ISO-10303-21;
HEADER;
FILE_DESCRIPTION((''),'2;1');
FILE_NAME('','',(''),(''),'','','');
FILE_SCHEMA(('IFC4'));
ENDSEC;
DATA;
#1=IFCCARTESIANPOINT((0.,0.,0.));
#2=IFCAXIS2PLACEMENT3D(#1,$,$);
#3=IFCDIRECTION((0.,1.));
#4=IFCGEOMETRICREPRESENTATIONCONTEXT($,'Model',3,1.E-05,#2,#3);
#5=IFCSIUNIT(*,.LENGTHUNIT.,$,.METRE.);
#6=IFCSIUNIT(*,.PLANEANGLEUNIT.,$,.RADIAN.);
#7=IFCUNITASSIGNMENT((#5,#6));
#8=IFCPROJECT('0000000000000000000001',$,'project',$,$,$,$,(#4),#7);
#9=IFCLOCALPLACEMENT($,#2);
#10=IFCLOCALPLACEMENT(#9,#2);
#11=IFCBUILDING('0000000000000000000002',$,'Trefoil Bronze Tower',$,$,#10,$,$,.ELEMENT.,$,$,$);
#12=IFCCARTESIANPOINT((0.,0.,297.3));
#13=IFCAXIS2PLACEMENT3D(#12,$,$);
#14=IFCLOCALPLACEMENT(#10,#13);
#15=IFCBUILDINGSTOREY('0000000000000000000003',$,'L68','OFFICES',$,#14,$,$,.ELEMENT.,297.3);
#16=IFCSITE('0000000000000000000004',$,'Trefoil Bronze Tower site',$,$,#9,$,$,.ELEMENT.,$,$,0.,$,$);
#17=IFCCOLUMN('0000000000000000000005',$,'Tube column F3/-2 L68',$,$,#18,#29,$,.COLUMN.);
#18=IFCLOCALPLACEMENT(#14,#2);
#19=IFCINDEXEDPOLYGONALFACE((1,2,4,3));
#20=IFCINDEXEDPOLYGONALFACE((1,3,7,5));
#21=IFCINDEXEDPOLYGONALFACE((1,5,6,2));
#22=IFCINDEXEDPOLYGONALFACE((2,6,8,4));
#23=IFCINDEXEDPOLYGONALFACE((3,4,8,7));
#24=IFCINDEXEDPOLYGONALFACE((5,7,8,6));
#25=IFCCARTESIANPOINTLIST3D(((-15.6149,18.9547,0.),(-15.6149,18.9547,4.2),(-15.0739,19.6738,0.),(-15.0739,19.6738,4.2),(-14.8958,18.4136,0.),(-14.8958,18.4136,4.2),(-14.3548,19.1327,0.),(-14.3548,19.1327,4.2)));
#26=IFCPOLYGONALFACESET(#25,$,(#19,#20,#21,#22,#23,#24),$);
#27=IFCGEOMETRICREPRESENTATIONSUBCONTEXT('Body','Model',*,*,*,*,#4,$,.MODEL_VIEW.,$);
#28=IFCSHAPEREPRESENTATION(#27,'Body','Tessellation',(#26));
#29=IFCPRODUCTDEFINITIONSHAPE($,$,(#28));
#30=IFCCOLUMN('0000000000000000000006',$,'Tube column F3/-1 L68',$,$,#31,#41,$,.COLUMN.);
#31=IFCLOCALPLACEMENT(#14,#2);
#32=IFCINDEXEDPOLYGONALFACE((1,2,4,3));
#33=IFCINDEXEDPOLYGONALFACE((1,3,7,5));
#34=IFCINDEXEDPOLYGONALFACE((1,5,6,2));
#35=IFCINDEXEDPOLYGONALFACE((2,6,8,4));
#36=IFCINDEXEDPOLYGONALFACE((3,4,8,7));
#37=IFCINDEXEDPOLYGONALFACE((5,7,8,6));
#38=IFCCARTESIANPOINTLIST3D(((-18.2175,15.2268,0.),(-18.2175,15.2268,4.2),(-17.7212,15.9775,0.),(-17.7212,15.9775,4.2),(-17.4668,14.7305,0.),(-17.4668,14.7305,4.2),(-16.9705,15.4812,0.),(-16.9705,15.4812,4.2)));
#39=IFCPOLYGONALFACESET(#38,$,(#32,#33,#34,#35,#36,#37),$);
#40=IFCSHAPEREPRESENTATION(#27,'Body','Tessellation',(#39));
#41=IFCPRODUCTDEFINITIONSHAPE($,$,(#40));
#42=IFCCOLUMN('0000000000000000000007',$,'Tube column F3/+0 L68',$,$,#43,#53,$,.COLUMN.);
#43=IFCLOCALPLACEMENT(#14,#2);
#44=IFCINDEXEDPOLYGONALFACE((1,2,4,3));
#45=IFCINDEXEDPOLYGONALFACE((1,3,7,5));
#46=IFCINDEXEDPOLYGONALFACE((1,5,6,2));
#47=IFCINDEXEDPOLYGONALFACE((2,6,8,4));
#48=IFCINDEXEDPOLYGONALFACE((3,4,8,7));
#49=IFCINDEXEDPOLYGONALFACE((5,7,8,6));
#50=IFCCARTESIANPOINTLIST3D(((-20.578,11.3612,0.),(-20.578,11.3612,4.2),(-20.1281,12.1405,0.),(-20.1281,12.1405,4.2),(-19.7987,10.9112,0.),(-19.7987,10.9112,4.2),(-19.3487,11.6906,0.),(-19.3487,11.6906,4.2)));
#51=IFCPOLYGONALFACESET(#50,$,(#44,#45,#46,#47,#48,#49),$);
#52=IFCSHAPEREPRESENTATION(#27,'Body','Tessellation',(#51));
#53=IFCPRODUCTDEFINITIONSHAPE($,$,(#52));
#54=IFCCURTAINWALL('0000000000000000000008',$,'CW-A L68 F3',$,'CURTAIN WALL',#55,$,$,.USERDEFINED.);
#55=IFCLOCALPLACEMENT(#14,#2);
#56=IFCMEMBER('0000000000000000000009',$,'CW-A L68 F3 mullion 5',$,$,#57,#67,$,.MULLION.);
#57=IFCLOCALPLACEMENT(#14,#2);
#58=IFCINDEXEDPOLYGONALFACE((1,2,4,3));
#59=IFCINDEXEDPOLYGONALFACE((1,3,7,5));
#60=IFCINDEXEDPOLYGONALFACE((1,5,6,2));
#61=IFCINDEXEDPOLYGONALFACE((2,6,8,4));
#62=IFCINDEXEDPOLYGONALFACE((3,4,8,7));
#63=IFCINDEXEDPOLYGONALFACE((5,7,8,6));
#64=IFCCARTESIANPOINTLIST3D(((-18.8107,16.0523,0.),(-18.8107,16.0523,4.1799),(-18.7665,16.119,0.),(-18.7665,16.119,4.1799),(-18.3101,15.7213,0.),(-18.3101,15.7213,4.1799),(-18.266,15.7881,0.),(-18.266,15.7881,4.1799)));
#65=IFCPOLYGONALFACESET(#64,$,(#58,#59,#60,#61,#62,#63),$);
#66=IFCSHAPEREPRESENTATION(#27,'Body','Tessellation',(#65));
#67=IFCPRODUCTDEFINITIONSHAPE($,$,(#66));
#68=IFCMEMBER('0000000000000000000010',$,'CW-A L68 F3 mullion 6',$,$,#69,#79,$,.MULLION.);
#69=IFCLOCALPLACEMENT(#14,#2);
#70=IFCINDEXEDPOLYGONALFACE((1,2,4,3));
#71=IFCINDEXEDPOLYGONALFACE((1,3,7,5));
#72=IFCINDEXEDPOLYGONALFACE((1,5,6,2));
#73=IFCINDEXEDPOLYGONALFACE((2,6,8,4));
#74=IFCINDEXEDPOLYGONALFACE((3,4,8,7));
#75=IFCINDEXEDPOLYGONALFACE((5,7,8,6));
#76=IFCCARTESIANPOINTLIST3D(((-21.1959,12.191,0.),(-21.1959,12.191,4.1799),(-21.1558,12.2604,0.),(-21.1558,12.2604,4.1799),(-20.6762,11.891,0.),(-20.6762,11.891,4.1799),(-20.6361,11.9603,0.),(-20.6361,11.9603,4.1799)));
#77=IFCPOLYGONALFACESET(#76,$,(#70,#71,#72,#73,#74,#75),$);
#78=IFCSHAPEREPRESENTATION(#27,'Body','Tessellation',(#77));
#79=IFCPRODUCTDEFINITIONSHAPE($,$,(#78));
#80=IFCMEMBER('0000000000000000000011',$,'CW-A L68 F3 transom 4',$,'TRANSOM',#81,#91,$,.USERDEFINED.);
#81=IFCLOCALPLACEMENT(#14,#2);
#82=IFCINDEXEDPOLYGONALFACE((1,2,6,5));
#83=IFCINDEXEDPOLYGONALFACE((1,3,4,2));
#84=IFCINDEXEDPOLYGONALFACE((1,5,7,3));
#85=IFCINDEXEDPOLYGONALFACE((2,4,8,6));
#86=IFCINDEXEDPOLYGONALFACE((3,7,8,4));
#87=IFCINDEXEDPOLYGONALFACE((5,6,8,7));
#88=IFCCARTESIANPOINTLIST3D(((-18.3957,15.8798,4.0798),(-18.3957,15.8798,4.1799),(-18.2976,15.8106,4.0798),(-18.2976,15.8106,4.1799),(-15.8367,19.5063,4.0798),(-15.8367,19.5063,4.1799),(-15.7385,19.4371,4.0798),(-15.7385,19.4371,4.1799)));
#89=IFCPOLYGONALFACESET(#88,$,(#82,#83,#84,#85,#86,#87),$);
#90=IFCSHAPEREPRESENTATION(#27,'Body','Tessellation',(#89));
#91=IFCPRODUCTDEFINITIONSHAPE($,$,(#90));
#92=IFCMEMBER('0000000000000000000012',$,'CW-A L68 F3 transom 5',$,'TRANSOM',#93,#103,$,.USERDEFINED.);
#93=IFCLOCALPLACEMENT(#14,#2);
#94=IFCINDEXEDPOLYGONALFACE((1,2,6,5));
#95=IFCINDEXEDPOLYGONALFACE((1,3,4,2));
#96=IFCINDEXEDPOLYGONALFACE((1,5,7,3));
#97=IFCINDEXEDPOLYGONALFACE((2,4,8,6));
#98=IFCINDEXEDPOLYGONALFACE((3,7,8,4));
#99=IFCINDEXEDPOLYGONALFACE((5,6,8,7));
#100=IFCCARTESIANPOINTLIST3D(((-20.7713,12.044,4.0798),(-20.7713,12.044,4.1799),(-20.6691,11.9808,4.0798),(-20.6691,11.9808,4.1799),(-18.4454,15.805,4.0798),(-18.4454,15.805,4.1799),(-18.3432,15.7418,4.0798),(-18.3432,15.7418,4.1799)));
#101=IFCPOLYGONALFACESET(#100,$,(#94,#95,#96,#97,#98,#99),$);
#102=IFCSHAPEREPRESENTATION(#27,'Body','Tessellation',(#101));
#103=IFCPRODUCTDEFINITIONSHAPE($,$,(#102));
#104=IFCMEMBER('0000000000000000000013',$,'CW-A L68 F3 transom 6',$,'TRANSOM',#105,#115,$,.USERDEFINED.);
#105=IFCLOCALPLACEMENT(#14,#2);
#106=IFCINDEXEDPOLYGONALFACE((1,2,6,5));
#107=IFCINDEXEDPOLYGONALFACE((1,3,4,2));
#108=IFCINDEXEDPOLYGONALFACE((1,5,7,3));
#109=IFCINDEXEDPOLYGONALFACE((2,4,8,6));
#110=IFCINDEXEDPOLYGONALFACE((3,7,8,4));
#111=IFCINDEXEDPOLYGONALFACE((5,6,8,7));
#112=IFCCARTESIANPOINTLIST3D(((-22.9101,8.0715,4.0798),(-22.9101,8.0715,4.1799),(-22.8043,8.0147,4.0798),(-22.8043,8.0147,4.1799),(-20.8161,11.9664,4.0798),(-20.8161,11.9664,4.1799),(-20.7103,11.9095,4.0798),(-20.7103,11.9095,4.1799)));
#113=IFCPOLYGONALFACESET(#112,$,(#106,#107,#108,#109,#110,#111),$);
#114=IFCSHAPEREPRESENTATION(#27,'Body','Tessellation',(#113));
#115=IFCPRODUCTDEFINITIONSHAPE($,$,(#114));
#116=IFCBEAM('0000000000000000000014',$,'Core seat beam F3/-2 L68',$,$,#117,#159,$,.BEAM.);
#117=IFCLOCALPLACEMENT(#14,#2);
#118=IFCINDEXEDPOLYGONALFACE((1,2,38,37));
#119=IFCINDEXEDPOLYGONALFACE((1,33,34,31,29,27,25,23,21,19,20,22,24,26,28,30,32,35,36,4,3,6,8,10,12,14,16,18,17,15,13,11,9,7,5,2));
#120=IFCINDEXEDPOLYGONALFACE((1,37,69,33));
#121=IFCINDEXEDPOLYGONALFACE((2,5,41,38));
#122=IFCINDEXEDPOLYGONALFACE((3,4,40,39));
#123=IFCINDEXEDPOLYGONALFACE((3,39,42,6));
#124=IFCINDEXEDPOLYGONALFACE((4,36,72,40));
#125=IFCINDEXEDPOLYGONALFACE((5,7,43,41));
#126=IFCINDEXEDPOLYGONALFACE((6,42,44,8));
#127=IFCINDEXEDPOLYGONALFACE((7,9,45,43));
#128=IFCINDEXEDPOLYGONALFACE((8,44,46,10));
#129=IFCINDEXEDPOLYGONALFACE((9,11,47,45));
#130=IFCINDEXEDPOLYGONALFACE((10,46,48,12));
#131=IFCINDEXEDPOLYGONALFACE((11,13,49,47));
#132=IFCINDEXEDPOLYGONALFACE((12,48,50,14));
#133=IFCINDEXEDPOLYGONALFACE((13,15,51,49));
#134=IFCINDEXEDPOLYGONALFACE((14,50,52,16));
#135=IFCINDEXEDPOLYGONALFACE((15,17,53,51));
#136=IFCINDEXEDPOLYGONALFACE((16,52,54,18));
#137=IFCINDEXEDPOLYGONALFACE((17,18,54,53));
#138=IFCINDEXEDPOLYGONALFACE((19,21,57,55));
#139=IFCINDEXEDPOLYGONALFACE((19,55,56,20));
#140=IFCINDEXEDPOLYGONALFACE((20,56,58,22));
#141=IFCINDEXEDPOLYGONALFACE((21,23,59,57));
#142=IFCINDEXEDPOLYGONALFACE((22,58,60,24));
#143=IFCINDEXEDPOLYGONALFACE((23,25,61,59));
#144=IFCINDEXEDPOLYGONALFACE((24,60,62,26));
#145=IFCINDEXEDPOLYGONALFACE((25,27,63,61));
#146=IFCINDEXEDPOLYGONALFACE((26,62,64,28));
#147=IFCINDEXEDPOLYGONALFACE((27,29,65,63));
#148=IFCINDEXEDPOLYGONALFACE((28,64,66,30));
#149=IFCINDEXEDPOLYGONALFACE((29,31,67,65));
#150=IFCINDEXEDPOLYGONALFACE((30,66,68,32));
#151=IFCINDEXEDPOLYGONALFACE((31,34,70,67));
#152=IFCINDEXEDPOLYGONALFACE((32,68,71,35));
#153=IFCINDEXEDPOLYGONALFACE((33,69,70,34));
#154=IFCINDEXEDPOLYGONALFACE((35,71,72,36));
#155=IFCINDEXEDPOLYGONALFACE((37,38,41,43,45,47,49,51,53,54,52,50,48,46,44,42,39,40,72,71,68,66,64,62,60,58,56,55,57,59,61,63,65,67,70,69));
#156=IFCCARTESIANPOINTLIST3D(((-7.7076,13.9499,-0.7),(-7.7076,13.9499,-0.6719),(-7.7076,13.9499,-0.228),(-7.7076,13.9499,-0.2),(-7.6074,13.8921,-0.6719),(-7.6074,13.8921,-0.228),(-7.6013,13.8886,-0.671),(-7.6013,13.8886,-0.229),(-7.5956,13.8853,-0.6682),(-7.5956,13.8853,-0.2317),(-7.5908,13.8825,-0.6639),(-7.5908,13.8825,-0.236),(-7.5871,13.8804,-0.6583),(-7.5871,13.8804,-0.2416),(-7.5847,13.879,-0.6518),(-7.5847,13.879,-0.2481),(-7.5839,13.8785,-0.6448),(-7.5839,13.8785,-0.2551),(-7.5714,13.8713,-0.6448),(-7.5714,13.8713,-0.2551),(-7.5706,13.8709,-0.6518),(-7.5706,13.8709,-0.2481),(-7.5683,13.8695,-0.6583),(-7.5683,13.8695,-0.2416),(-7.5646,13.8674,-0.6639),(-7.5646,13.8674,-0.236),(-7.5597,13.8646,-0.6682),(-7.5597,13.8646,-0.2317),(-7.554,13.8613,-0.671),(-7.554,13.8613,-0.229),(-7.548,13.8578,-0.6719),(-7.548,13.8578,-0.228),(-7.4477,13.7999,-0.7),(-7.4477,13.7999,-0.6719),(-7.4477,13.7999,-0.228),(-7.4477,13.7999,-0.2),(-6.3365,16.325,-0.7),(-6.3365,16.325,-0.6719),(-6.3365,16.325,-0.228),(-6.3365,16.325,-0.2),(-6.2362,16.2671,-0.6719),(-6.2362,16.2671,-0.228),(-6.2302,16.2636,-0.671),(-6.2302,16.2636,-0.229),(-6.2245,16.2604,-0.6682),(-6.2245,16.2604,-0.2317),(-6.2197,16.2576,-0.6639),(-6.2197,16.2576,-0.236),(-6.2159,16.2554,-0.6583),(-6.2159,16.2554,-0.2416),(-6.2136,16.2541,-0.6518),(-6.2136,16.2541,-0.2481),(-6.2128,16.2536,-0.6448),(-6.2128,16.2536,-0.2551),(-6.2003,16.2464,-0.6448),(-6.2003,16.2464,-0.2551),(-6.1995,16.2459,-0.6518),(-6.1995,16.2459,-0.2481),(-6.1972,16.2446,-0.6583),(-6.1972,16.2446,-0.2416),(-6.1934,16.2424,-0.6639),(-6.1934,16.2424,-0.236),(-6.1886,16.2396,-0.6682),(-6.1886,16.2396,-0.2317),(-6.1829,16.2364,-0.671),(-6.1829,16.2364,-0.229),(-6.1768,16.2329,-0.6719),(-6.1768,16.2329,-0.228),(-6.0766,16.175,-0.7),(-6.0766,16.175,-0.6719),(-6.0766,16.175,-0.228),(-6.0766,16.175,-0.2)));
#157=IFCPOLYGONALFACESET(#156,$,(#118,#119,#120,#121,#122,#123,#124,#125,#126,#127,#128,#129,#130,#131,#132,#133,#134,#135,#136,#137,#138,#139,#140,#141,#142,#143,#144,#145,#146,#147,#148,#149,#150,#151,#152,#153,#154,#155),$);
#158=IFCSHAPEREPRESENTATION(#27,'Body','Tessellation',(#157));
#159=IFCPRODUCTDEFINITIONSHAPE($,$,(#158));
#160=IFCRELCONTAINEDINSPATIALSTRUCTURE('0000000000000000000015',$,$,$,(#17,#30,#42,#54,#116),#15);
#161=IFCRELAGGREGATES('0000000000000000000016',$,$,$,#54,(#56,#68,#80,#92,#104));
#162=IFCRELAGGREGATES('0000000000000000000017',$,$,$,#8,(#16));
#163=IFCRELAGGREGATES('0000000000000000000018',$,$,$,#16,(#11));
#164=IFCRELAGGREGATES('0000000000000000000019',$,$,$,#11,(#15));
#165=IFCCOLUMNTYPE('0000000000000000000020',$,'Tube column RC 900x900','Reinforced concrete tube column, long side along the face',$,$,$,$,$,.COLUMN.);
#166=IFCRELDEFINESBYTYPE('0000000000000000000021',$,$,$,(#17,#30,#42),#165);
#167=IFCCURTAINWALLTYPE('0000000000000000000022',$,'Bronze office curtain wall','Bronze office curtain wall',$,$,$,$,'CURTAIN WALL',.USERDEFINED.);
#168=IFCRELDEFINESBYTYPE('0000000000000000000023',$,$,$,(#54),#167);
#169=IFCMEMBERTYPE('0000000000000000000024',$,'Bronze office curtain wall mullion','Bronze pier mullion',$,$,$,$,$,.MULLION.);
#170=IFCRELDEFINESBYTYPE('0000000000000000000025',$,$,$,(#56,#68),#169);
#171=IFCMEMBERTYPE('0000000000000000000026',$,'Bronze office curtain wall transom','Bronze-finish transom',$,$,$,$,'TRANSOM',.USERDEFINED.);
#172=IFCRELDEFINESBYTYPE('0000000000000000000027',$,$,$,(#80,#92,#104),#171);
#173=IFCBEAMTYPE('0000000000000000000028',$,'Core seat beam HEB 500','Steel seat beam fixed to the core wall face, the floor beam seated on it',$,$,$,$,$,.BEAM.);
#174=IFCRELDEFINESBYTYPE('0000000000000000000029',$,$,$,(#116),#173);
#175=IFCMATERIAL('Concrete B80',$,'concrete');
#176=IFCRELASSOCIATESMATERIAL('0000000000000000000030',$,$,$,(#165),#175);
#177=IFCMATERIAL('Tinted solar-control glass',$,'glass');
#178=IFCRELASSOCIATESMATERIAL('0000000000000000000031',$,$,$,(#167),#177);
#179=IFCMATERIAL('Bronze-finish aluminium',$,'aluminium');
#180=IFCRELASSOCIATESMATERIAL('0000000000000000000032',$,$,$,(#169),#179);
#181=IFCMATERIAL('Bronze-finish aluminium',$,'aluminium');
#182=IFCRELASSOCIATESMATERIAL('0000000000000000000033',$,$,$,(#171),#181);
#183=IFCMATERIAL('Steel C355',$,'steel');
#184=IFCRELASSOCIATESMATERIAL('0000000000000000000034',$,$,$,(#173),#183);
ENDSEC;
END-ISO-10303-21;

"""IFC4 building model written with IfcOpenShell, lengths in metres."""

from ifc_helpers import new_model, si_unit, direction, frame, origin, origin_2d, place, context, subcontext, project, spatial, rectangle, i_section, extrude, material, material_profile, profile_set, type_object, element, aggregate, save


model = new_model("IFC4")

# Units and contexts
model_context = context("Model", 3, precision=1e-05, world=origin(), true_north=direction((0.0, 1.0)))
body_context = subcontext(model_context, "Body", "Model", "MODEL_VIEW")
ifc_project = project(units=[si_unit("LENGTHUNIT", "METRE"), si_unit("PLANEANGLEUNIT", "RADIAN")], contexts=[model_context])

# Site, building, storey
site_placement = place(None, origin())
site = spatial("IfcSite", under=ifc_project, at=site_placement, Name="Trefoil Bronze Tower site", CompositionType="ELEMENT", RefElevation=0.0)
building_placement = place(site_placement, origin())
building = spatial("IfcBuilding", under=site, at=building_placement, Name="Trefoil Bronze Tower", CompositionType="ELEMENT")
storey_placement = place(building_placement, frame((0.0, 0.0, 297.3)))
storey = spatial("IfcBuildingStorey", under=building, at=storey_placement, Name="L68", Description="OFFICES", CompositionType="ELEMENT", Elevation=297.3)

# Columns
ifc_material_1 = material(Name="Concrete B80", Category="concrete")
ifc_material_profile_1 = material_profile(ifc_material_1, rectangle(XDim=0.8999, YDim=0.8999, at=origin_2d()), Name="RC 900x900")
ifc_profile_set_1 = profile_set([ifc_material_profile_1], Name="Concrete B80")
column_type = type_object("IfcColumnType", Name="Tube column RC 900x900", Description="Reinforced concrete tube column, long side along the face", PredefinedType="COLUMN", material=ifc_profile_set_1)
for number, where, z_axis, x_axis, name in (
    (1, (-14.9849, 19.0437, 0.0), (0.0, 0.0, 1.0), (-0.601203, -0.799096, 0.0), "Tube column F3/-2 L68"),
    (2, (-17.594, 15.354, 0.0), (0.0, 0.0, 1.0), (-0.551524, -0.834159, 0.0), "Tube column F3/-1 L68"),
    (3, (-19.9634, 11.5259, 0.0), (0.0, 0.0, 1.0), (-0.5, -0.866025, 0.0), "Tube column F3/+0 L68"),
):
    element("IfcColumn", number, at=place(storey_placement, frame(where, z_axis=z_axis, x_axis=x_axis)), inside=storey, type_object=column_type, Name=name, PredefinedType="COLUMN", context=body_context, shape_type="SweptSolid", body=[
        extrude(rectangle(XDim=0.8999, YDim=0.8999, at=origin_2d()), origin(), (0.0, 0.0, 1.0), 4.2),
    ])

# Curtain wall, members
ifc_material_2 = material(Name="Tinted solar-control glass", Category="glass")
curtain_wall_type = type_object("IfcCurtainWallType", Name="Bronze office curtain wall", Description="Bronze office curtain wall", ElementType="CURTAIN WALL", PredefinedType="USERDEFINED", material=ifc_material_2)
curtain_wall_placement = place(storey_placement, origin())
curtain_wall = element("IfcCurtainWall", 4, at=curtain_wall_placement, inside=storey, type_object=curtain_wall_type, Name="CW-A L68 F3", ObjectType="CURTAIN WALL", PredefinedType="USERDEFINED")
ifc_material_3 = material(Name="Bronze-finish aluminium", Category="aluminium")
ifc_material_profile_2 = material_profile(ifc_material_3, rectangle(XDim=0.6001, YDim=0.0801, at=origin_2d()), Name="CW-A mullion")
ifc_profile_set_2 = profile_set([ifc_material_profile_2], Name="Bronze-finish aluminium")
member_type_1 = type_object("IfcMemberType", Name="Bronze office curtain wall mullion", Description="Bronze pier mullion", PredefinedType="MULLION", material=ifc_profile_set_2)
member_1_placement = place(storey_placement, frame((-18.5383, 15.9202, 0.0), z_axis=(0.0, 0.0, 1.0), x_axis=(0.834159, -0.551524, 0.0)))
member_1 = element("IfcMember", 5, at=member_1_placement, type_object=member_type_1, Name="CW-A L68 F3 mullion 5", PredefinedType="MULLION", context=body_context, shape_type="SweptSolid", body=[
    extrude(rectangle(XDim=0.6001, YDim=0.0801, at=origin_2d()), origin(), (0.0, 0.0, 1.0), 4.1799),
])
member_2_placement = place(storey_placement, frame((-20.916, 12.0757, 0.0), z_axis=(0.0, 0.0, 1.0), x_axis=(0.866025, -0.5, 0.0)))
member_2 = element("IfcMember", 6, at=member_2_placement, type_object=member_type_1, Name="CW-A L68 F3 mullion 6", PredefinedType="MULLION", context=body_context, shape_type="SweptSolid", body=[
    extrude(rectangle(XDim=0.6001, YDim=0.0801, at=origin_2d()), origin(), (0.0, 0.0, 1.0), 4.1799),
])
ifc_material_4 = material(Name="Bronze-finish aluminium", Category="aluminium")
ifc_material_profile_3 = material_profile(ifc_material_4, rectangle(XDim=0.1201, YDim=0.1001, at=origin_2d()), Name="CW-A transom")
ifc_profile_set_3 = profile_set([ifc_material_profile_3], Name="Bronze-finish aluminium")
member_type_2 = type_object("IfcMemberType", Name="Bronze office curtain wall transom", Description="Bronze-finish transom", ElementType="TRANSOM", PredefinedType="USERDEFINED", material=ifc_profile_set_3)
member_3_placement = place(storey_placement, frame((-15.7876, 19.4717, 4.1299), z_axis=(-0.576567, -0.81705, 0.0), x_axis=(0.81705, -0.576567, 0.0)))
member_3 = element("IfcMember", 7, at=member_3_placement, type_object=member_type_2, Name="CW-A L68 F3 transom 4", ObjectType="TRANSOM", PredefinedType="USERDEFINED", context=body_context, shape_type="SweptSolid", body=[
    extrude(rectangle(XDim=0.1201, YDim=0.1001, at=origin_2d()), origin(), (0.0, 0.0, 1.0), 4.4385),
])
member_4_placement = place(storey_placement, frame((-18.3943, 15.7734, 4.1299), z_axis=(-0.525978, -0.850498, 0.0), x_axis=(0.850498, -0.525978, 0.0)))
member_4 = element("IfcMember", 8, at=member_4_placement, type_object=member_type_2, Name="CW-A L68 F3 transom 5", ObjectType="TRANSOM", PredefinedType="USERDEFINED", context=body_context, shape_type="SweptSolid", body=[
    extrude(rectangle(XDim=0.1201, YDim=0.1001, at=origin_2d()), origin(), (0.0, 0.0, 1.0), 4.4221),
])
member_5_placement = place(storey_placement, frame((-20.7632, 11.938, 4.1299), z_axis=(-0.47354, -0.880772, 0.0), x_axis=(0.880772, -0.47354, 0.0)))
member_5 = element("IfcMember", 9, at=member_5_placement, type_object=member_type_2, Name="CW-A L68 F3 transom 6", ObjectType="TRANSOM", PredefinedType="USERDEFINED", context=body_context, shape_type="SweptSolid", body=[
    extrude(rectangle(XDim=0.1201, YDim=0.1001, at=origin_2d()), origin(), (0.0, 0.0, 1.0), 4.4221),
])

# Beam
ifc_material_5 = material(Name="Steel C355", Category="steel")
ifc_material_profile_4 = material_profile(ifc_material_5, i_section(OverallWidth=0.3, OverallDepth=0.5, WebThickness=0.0144, FlangeThickness=0.0281, FilletRadius=0.0271, at=origin_2d()), Name="HEB 500")
ifc_profile_set_4 = profile_set([ifc_material_profile_4], Name="Steel C355")
beam_type_1 = type_object("IfcBeamType", Name="Core seat beam HEB 500", Description="Steel seat beam fixed to the core wall face, the floor beam seated on it", PredefinedType="BEAM", material=ifc_profile_set_4)
for number, where, z_axis, x_axis, name in (
    (10, (-6.2065, 16.25, -0.45), (-0.499969, -0.866043, 0.0), (0.866043, -0.499969, 0.0), "Core seat beam F3/-2 L68"),
):
    element("IfcBeam", number, at=place(storey_placement, frame(where, z_axis=z_axis, x_axis=x_axis)), inside=storey, type_object=beam_type_1, Name=name, PredefinedType="BEAM", context=body_context, shape_type="SweptSolid", body=[
        extrude(i_section(OverallWidth=0.3, OverallDepth=0.5, WebThickness=0.0144, FlangeThickness=0.0281, FilletRadius=0.0271, at=origin_2d()), origin(), (0.0, 0.0, 1.0), 2.7424),
    ])

aggregate(curtain_wall, [member_1, member_2, member_3, member_4, member_5])

save(model, "model.ifc")
